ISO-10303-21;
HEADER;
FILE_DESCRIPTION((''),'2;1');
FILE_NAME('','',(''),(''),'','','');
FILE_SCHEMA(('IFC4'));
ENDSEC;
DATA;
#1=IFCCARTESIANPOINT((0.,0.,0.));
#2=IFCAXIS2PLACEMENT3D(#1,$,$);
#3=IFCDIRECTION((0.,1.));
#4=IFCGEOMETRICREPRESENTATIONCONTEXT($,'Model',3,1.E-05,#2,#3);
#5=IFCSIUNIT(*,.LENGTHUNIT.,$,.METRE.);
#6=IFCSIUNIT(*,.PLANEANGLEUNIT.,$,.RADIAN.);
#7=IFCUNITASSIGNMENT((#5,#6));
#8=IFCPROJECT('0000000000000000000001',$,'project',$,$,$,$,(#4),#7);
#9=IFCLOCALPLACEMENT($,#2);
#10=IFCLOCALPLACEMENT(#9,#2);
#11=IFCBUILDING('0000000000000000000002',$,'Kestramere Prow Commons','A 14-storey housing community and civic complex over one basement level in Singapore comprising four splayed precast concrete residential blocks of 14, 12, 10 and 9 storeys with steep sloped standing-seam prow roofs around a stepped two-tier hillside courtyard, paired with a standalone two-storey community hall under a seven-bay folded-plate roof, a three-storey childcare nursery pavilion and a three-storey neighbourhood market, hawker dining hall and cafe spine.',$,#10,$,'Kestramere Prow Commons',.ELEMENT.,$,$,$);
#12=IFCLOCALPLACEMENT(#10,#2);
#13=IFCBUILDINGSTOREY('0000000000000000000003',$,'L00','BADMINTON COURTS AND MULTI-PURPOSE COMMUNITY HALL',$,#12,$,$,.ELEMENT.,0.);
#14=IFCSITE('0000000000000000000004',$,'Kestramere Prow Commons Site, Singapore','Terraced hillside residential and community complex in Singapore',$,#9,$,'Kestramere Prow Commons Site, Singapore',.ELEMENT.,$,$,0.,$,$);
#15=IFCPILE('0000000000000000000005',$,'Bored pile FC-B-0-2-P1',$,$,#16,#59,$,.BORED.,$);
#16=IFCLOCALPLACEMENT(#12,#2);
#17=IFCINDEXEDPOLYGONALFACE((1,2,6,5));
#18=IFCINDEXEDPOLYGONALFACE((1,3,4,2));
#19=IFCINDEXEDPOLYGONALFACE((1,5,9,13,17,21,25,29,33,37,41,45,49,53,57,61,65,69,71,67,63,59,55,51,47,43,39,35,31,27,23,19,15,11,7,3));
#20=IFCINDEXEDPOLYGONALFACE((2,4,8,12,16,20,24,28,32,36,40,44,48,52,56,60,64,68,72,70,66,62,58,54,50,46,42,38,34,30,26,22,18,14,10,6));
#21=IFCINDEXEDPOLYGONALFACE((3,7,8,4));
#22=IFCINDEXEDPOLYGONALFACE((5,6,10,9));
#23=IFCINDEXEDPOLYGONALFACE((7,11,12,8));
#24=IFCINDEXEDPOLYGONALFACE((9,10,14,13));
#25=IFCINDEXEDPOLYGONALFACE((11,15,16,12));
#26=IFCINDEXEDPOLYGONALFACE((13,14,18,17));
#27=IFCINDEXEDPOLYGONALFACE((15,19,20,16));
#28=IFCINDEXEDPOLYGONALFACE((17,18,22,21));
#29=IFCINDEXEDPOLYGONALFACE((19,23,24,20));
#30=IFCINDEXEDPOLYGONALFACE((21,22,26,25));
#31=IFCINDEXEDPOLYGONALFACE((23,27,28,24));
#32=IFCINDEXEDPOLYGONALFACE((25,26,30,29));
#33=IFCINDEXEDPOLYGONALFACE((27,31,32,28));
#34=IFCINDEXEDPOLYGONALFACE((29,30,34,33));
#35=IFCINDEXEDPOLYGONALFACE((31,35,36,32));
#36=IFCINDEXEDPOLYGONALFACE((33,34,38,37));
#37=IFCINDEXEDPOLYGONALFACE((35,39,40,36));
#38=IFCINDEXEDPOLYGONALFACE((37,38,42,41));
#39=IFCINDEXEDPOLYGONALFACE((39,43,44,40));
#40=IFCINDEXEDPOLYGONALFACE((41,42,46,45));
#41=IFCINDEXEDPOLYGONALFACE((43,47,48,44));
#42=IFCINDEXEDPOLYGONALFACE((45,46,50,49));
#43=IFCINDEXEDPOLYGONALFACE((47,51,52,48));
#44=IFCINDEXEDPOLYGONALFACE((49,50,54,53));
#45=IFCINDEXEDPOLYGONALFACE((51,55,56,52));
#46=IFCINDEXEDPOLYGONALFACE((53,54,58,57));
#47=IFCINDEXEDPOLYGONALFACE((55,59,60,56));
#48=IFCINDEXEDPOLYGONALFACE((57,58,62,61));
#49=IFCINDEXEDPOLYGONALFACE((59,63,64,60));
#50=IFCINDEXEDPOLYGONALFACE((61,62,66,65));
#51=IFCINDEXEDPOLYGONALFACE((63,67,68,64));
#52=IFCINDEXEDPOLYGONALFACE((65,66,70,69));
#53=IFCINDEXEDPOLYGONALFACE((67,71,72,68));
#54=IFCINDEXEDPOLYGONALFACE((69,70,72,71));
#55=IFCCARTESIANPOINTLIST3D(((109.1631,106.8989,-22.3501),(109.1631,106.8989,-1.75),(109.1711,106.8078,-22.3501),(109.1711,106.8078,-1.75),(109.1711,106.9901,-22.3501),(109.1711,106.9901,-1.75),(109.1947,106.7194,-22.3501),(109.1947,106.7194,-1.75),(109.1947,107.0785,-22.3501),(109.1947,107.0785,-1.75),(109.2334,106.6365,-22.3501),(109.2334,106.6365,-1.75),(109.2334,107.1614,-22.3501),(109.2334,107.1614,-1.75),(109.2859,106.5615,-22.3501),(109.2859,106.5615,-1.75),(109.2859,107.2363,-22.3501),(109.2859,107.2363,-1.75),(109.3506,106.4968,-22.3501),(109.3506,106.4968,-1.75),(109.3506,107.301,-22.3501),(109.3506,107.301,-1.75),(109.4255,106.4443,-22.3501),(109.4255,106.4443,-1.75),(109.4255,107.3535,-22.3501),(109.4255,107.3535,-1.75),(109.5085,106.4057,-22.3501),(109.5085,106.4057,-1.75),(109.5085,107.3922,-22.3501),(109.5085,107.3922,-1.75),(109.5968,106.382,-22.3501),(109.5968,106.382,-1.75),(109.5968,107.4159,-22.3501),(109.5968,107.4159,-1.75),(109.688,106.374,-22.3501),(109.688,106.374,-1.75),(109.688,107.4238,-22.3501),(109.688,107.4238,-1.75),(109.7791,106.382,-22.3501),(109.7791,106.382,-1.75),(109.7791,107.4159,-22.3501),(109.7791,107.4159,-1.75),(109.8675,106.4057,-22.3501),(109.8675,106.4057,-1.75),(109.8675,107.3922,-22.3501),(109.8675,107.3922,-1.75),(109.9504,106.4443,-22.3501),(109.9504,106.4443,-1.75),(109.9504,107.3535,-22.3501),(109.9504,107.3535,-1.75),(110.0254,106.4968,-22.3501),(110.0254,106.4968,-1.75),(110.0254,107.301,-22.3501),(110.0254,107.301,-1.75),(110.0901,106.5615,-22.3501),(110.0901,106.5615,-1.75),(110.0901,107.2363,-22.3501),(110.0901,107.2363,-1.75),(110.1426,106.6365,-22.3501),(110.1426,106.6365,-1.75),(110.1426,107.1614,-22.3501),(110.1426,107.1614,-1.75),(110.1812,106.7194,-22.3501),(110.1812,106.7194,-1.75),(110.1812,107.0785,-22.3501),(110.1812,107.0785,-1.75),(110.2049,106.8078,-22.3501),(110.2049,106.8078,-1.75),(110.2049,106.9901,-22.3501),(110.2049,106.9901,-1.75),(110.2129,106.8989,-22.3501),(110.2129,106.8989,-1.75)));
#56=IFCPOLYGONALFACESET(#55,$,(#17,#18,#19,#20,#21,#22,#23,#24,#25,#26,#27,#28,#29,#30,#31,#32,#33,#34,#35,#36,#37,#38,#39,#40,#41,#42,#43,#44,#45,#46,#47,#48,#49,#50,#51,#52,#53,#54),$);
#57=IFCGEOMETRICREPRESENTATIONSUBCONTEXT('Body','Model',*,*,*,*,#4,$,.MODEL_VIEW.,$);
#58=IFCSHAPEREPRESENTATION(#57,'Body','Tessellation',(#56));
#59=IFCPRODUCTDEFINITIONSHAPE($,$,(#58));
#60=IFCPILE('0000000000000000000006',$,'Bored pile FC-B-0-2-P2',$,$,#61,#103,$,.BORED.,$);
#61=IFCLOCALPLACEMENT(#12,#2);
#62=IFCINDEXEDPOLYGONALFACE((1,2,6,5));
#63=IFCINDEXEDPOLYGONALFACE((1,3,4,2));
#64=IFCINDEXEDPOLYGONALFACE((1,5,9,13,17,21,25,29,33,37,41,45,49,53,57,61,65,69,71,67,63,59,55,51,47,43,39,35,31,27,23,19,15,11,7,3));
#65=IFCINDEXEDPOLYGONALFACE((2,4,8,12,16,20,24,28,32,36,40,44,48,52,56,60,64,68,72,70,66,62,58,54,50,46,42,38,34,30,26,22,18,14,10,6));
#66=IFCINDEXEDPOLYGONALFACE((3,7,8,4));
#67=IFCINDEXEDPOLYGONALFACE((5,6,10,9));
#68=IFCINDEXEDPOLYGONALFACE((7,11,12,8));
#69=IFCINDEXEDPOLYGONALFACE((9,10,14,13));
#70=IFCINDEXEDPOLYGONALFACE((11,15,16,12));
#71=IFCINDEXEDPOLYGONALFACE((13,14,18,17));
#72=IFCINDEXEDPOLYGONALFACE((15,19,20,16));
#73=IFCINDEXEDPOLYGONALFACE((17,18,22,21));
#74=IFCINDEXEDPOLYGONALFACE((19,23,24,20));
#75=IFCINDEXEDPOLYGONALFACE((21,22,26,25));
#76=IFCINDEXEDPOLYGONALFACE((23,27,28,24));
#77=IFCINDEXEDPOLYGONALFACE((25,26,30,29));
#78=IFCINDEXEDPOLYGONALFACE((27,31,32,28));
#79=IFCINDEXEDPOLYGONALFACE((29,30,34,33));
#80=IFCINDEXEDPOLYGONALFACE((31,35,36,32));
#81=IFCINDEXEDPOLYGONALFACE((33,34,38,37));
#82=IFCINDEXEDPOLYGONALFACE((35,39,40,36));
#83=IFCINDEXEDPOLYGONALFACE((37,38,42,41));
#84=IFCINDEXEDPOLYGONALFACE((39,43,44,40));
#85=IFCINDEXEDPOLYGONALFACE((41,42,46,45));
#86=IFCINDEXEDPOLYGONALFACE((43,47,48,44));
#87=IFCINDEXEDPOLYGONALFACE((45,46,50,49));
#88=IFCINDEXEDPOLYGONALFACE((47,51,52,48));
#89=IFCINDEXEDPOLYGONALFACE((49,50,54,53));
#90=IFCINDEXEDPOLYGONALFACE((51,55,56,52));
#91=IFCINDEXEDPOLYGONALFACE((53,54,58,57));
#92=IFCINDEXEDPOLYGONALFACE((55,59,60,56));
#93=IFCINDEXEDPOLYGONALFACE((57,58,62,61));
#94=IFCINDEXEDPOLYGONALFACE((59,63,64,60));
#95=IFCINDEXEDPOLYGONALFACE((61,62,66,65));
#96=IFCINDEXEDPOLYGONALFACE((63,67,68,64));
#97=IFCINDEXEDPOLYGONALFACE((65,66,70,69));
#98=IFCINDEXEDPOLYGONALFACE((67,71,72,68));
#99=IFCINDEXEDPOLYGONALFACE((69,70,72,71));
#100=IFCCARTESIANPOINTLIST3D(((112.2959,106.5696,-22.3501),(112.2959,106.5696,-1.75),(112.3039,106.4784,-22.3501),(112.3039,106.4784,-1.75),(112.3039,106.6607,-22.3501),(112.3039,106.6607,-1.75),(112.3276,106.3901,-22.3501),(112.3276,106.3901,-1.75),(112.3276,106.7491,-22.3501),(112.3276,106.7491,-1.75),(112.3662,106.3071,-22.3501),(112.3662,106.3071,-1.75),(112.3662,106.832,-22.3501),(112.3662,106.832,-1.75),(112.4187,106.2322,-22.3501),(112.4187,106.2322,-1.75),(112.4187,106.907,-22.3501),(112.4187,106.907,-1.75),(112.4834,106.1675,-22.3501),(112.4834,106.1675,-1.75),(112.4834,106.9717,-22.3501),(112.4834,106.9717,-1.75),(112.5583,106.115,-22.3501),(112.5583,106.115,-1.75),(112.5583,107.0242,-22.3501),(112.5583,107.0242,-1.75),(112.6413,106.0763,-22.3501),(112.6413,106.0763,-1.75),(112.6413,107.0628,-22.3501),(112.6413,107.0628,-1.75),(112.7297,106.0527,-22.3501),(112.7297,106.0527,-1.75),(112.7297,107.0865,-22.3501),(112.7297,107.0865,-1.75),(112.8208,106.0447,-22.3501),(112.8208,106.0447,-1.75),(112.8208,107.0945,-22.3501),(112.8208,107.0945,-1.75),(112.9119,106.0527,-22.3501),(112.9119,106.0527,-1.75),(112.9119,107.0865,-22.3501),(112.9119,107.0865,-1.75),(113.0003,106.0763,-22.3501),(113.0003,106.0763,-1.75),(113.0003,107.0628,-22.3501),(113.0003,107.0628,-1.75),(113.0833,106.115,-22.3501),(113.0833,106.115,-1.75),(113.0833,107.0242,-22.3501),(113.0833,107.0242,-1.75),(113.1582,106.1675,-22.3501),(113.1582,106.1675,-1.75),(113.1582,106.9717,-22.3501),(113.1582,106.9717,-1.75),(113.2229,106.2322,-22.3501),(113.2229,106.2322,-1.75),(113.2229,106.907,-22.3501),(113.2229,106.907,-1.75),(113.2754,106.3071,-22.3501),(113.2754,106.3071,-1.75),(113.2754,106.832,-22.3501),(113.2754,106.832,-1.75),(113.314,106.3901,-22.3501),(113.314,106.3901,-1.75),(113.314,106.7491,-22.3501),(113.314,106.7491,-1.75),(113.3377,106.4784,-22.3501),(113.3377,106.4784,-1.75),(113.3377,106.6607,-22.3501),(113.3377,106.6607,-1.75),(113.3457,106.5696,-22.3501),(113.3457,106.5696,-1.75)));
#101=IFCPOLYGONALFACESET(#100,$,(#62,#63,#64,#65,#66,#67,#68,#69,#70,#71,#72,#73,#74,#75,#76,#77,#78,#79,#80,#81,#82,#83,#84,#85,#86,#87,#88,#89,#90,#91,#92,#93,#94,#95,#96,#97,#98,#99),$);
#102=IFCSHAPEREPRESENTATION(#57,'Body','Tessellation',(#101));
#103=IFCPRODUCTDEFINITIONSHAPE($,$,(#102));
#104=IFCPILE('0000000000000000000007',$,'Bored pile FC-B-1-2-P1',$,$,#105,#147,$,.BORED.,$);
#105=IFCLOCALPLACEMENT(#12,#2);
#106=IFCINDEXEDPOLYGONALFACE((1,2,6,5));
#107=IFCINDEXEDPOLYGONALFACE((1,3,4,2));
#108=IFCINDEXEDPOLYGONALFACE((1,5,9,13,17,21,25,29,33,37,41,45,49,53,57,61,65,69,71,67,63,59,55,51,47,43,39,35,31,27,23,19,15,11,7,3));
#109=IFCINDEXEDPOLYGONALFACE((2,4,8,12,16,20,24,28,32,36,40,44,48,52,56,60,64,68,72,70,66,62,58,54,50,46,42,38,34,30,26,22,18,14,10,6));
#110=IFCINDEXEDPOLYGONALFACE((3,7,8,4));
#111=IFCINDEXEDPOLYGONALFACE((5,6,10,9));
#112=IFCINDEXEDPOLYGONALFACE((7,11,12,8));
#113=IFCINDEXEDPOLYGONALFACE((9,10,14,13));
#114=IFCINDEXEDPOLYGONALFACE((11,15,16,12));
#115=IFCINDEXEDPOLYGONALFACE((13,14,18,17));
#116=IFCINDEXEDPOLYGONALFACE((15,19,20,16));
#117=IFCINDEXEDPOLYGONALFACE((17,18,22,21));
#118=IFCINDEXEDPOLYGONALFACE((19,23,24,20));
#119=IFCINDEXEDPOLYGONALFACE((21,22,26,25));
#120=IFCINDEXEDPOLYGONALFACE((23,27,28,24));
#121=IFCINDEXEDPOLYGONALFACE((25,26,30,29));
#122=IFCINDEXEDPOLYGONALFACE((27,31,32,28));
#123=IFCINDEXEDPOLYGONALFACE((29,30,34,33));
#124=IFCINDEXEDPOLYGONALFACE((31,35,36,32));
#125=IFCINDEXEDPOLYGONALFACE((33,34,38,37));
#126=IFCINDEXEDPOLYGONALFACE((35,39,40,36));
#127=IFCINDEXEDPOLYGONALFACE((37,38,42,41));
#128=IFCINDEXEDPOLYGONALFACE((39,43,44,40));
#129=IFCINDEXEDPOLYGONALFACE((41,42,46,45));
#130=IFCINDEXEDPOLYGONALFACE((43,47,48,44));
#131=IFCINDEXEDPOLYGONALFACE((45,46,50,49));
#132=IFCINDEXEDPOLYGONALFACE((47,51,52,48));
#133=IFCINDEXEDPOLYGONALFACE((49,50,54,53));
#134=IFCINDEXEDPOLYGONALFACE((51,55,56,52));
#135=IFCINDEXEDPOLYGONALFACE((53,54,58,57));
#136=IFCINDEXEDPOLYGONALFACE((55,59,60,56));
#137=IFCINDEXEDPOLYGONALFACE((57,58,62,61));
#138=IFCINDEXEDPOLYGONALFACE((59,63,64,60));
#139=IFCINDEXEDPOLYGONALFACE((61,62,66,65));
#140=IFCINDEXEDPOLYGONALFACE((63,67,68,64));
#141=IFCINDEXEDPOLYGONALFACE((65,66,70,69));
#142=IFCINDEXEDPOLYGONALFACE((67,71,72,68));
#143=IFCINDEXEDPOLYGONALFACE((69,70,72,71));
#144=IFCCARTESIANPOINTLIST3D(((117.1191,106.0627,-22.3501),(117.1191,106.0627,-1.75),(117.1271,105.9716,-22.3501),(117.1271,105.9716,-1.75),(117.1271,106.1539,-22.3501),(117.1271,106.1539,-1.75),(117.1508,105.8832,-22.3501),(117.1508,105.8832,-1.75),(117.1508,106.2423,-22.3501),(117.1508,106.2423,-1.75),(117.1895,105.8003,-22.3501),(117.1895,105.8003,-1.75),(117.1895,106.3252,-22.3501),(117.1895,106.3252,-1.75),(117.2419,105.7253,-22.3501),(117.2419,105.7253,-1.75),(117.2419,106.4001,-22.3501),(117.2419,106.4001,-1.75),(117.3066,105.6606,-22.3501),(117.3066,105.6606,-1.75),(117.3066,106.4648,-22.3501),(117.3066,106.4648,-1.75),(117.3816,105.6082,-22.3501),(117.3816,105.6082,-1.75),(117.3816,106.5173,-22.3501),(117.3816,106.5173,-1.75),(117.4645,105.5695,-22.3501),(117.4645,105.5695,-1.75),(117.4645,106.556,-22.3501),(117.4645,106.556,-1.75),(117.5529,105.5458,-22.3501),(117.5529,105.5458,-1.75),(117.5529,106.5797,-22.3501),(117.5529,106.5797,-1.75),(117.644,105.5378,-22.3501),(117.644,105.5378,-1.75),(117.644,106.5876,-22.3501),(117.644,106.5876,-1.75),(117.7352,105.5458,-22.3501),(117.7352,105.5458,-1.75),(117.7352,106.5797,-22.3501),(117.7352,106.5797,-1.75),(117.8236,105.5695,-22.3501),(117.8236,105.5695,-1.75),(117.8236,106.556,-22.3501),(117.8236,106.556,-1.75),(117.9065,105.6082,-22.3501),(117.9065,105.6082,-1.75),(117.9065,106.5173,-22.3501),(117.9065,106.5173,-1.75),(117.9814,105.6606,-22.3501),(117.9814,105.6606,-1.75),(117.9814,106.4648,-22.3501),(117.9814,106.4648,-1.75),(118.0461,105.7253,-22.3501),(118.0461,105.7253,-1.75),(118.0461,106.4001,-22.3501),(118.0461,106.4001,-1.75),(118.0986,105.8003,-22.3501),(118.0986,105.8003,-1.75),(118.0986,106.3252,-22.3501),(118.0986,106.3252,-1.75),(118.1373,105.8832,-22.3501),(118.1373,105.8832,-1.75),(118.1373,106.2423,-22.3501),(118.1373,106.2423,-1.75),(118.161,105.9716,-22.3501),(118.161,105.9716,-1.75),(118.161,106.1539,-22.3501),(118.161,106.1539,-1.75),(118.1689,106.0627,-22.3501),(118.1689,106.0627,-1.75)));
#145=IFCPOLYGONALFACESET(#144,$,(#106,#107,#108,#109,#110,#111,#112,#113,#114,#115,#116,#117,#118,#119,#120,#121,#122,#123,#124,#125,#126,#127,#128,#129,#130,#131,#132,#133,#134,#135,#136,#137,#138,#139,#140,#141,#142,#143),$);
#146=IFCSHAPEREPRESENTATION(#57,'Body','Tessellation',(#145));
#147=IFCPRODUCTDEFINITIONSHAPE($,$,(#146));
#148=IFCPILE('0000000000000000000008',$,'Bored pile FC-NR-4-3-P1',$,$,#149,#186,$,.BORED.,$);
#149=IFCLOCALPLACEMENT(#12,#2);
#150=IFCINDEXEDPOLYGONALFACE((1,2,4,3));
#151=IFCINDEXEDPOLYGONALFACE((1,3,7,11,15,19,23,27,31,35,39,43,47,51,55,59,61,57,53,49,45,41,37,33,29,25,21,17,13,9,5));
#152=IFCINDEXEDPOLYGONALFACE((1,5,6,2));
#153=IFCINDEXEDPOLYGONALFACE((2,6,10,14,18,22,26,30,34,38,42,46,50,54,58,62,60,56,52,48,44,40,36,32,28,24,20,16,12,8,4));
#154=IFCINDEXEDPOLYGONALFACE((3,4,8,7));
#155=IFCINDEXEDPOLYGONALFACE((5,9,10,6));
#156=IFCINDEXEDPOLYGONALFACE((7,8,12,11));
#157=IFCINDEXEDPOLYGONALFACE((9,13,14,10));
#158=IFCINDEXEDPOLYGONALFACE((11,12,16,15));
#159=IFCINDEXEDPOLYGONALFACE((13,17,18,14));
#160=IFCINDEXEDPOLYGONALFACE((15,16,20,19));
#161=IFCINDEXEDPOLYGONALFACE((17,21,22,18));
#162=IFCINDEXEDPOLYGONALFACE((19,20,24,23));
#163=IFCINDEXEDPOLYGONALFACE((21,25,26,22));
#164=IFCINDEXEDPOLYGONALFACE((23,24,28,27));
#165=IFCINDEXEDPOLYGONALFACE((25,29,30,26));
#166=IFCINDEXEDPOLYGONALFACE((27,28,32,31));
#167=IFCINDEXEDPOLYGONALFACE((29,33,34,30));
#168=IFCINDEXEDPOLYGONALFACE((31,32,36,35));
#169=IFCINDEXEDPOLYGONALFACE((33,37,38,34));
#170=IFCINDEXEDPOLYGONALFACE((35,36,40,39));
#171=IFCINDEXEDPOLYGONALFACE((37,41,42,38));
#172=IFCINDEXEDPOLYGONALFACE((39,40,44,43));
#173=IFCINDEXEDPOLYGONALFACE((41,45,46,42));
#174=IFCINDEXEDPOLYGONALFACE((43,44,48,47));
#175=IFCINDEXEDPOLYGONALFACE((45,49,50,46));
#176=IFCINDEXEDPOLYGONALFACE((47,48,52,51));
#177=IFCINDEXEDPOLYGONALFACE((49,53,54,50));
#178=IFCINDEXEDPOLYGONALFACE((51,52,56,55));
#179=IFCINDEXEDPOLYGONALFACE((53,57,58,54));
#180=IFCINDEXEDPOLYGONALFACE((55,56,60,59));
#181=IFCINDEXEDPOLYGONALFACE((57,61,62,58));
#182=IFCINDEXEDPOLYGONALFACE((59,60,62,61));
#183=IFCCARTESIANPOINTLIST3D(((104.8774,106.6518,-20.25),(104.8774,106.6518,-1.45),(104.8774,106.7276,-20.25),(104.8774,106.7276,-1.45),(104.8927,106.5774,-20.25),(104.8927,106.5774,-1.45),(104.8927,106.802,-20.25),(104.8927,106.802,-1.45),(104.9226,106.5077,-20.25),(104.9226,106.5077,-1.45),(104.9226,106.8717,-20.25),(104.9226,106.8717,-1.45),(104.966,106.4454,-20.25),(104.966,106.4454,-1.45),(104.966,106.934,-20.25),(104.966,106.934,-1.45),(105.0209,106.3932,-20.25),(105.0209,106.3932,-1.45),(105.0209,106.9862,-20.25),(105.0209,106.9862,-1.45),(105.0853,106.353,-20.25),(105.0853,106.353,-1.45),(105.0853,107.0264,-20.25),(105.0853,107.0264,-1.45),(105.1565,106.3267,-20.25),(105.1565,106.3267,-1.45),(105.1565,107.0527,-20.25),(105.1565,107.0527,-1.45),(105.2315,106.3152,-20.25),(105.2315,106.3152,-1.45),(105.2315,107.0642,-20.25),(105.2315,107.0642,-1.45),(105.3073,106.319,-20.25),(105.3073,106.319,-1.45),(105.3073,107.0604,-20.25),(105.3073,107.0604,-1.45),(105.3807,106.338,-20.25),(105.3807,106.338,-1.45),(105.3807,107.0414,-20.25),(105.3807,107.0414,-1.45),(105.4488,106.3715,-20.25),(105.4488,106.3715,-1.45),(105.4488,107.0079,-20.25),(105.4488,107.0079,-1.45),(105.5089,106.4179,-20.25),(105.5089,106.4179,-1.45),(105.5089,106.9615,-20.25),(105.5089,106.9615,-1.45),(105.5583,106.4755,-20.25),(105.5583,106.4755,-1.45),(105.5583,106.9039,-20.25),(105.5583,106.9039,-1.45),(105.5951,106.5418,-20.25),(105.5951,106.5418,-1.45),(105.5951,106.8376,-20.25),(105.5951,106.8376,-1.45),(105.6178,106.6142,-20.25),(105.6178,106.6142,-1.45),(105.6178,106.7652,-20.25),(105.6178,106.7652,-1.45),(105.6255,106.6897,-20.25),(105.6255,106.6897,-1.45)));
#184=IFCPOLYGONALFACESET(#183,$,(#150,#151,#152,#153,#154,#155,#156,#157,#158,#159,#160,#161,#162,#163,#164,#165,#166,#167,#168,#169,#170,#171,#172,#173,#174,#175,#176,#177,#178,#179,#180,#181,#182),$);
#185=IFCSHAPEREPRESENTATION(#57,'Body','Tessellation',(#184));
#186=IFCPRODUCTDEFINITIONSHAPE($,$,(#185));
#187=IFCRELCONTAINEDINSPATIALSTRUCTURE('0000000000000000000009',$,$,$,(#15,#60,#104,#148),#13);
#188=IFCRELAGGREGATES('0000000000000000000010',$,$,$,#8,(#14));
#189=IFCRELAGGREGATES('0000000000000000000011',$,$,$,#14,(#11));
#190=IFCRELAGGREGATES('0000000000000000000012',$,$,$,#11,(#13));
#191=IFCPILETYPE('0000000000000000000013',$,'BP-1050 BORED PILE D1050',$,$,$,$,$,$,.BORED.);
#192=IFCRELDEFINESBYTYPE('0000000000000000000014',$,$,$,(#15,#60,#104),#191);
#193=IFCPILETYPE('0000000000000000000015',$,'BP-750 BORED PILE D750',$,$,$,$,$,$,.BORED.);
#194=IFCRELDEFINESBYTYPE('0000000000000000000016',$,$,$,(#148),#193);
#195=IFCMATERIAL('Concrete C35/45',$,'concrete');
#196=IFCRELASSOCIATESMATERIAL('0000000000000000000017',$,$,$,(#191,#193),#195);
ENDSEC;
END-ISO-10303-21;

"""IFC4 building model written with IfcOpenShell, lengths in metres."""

from ifc_helpers import new_model, si_unit, direction, frame, origin, origin_2d, place, context, subcontext, project, spatial, circle, extrude, material, material_profile, profile_set, type_object, element, save


model = new_model("IFC4")

# Units and contexts
model_context = context("Model", 3, precision=1e-05, world=origin(), true_north=direction((0.0, 1.0)))
body_context = subcontext(model_context, "Body", "Model", "MODEL_VIEW")
ifc_project = project(units=[si_unit("LENGTHUNIT", "METRE"), si_unit("PLANEANGLEUNIT", "RADIAN")], contexts=[model_context])

# Site, building, storey
site_placement = place(None, origin())
site = spatial("IfcSite", under=ifc_project, at=site_placement, Name="Kestramere Prow Commons Site, Singapore", Description="Terraced hillside residential and community complex in Singapore", LongName="Kestramere Prow Commons Site, Singapore", CompositionType="ELEMENT", RefElevation=0.0)
building_placement = place(site_placement, origin())
building = spatial("IfcBuilding", under=site, at=building_placement, Name="Kestramere Prow Commons", Description="A 14-storey housing community and civic complex over one basement level in Singapore comprising four splayed precast concrete residential blocks of 14, 12, 10 and 9 storeys with steep sloped standing-seam prow roofs around a stepped two-tier hillside courtyard, paired with a standalone two-storey community hall under a seven-bay folded-plate roof, a three-storey childcare nursery pavilion and a three-storey neighbourhood market, hawker dining hall and cafe spine.", LongName="Kestramere Prow Commons", CompositionType="ELEMENT")
storey_placement = place(building_placement, origin())
storey = spatial("IfcBuildingStorey", under=building, at=storey_placement, Name="L00", Description="BADMINTON COURTS AND MULTI-PURPOSE COMMUNITY HALL", CompositionType="ELEMENT", Elevation=0.0)

# Piles
ifc_material_1 = material(Name="Concrete C35/45", Category="concrete")
ifc_material_profile_1 = material_profile(ifc_material_1, circle(Radius=0.5249, at=origin_2d()), Name="BORED PILE D1050")
ifc_profile_set_1 = profile_set([ifc_material_profile_1], Name="Concrete C35/45")
pile_type_1 = type_object("IfcPileType", Name="BP-1050 BORED PILE D1050", PredefinedType="BORED", material=ifc_profile_set_1)
for number, where, z_axis, x_axis, name in (
    (1, (109.688, 106.8989, -1.75), (0.0, 0.0, -1.0), (1.0, 0.0, 0.0), "Bored pile FC-B-0-2-P1"),
    (2, (112.8208, 106.5696, -1.75), (0.0, 0.0, -1.0), (1.0, 0.0, 0.0), "Bored pile FC-B-0-2-P2"),
    (3, (117.644, 106.0627, -1.75), (0.0, 0.0, -1.0), (1.0, 0.0, 0.0), "Bored pile FC-B-1-2-P1"),
):
    element("IfcPile", number, at=place(storey_placement, frame(where, z_axis=z_axis, x_axis=x_axis)), inside=storey, type_object=pile_type_1, Name=name, PredefinedType="BORED", context=body_context, shape_type="SweptSolid", body=[
        extrude(circle(Radius=0.5249, at=origin_2d()), origin(), (0.0, 0.0, 1.0), 20.6001),
    ])
ifc_material_profile_2 = material_profile(ifc_material_1, circle(Radius=0.375, at=origin_2d()), Name="BORED PILE D750")
ifc_profile_set_2 = profile_set([ifc_material_profile_2], Name="Concrete C35/45")
pile_type_2 = type_object("IfcPileType", Name="BP-750 BORED PILE D750", PredefinedType="BORED", material=ifc_profile_set_2)
for number, where, z_axis, x_axis, name in (
    (4, (105.2505, 106.6897, -1.45), (0.0, 0.0, -1.0), (1.0, 0.0, 0.0), "Bored pile FC-NR-4-3-P1"),
):
    element("IfcPile", number, at=place(storey_placement, frame(where, z_axis=z_axis, x_axis=x_axis)), inside=storey, type_object=pile_type_2, Name=name, PredefinedType="BORED", context=body_context, shape_type="SweptSolid", body=[
        extrude(circle(Radius=0.375, at=origin_2d()), origin(), (0.0, 0.0, 1.0), 18.8),
    ])

save(model, "model.ifc")
